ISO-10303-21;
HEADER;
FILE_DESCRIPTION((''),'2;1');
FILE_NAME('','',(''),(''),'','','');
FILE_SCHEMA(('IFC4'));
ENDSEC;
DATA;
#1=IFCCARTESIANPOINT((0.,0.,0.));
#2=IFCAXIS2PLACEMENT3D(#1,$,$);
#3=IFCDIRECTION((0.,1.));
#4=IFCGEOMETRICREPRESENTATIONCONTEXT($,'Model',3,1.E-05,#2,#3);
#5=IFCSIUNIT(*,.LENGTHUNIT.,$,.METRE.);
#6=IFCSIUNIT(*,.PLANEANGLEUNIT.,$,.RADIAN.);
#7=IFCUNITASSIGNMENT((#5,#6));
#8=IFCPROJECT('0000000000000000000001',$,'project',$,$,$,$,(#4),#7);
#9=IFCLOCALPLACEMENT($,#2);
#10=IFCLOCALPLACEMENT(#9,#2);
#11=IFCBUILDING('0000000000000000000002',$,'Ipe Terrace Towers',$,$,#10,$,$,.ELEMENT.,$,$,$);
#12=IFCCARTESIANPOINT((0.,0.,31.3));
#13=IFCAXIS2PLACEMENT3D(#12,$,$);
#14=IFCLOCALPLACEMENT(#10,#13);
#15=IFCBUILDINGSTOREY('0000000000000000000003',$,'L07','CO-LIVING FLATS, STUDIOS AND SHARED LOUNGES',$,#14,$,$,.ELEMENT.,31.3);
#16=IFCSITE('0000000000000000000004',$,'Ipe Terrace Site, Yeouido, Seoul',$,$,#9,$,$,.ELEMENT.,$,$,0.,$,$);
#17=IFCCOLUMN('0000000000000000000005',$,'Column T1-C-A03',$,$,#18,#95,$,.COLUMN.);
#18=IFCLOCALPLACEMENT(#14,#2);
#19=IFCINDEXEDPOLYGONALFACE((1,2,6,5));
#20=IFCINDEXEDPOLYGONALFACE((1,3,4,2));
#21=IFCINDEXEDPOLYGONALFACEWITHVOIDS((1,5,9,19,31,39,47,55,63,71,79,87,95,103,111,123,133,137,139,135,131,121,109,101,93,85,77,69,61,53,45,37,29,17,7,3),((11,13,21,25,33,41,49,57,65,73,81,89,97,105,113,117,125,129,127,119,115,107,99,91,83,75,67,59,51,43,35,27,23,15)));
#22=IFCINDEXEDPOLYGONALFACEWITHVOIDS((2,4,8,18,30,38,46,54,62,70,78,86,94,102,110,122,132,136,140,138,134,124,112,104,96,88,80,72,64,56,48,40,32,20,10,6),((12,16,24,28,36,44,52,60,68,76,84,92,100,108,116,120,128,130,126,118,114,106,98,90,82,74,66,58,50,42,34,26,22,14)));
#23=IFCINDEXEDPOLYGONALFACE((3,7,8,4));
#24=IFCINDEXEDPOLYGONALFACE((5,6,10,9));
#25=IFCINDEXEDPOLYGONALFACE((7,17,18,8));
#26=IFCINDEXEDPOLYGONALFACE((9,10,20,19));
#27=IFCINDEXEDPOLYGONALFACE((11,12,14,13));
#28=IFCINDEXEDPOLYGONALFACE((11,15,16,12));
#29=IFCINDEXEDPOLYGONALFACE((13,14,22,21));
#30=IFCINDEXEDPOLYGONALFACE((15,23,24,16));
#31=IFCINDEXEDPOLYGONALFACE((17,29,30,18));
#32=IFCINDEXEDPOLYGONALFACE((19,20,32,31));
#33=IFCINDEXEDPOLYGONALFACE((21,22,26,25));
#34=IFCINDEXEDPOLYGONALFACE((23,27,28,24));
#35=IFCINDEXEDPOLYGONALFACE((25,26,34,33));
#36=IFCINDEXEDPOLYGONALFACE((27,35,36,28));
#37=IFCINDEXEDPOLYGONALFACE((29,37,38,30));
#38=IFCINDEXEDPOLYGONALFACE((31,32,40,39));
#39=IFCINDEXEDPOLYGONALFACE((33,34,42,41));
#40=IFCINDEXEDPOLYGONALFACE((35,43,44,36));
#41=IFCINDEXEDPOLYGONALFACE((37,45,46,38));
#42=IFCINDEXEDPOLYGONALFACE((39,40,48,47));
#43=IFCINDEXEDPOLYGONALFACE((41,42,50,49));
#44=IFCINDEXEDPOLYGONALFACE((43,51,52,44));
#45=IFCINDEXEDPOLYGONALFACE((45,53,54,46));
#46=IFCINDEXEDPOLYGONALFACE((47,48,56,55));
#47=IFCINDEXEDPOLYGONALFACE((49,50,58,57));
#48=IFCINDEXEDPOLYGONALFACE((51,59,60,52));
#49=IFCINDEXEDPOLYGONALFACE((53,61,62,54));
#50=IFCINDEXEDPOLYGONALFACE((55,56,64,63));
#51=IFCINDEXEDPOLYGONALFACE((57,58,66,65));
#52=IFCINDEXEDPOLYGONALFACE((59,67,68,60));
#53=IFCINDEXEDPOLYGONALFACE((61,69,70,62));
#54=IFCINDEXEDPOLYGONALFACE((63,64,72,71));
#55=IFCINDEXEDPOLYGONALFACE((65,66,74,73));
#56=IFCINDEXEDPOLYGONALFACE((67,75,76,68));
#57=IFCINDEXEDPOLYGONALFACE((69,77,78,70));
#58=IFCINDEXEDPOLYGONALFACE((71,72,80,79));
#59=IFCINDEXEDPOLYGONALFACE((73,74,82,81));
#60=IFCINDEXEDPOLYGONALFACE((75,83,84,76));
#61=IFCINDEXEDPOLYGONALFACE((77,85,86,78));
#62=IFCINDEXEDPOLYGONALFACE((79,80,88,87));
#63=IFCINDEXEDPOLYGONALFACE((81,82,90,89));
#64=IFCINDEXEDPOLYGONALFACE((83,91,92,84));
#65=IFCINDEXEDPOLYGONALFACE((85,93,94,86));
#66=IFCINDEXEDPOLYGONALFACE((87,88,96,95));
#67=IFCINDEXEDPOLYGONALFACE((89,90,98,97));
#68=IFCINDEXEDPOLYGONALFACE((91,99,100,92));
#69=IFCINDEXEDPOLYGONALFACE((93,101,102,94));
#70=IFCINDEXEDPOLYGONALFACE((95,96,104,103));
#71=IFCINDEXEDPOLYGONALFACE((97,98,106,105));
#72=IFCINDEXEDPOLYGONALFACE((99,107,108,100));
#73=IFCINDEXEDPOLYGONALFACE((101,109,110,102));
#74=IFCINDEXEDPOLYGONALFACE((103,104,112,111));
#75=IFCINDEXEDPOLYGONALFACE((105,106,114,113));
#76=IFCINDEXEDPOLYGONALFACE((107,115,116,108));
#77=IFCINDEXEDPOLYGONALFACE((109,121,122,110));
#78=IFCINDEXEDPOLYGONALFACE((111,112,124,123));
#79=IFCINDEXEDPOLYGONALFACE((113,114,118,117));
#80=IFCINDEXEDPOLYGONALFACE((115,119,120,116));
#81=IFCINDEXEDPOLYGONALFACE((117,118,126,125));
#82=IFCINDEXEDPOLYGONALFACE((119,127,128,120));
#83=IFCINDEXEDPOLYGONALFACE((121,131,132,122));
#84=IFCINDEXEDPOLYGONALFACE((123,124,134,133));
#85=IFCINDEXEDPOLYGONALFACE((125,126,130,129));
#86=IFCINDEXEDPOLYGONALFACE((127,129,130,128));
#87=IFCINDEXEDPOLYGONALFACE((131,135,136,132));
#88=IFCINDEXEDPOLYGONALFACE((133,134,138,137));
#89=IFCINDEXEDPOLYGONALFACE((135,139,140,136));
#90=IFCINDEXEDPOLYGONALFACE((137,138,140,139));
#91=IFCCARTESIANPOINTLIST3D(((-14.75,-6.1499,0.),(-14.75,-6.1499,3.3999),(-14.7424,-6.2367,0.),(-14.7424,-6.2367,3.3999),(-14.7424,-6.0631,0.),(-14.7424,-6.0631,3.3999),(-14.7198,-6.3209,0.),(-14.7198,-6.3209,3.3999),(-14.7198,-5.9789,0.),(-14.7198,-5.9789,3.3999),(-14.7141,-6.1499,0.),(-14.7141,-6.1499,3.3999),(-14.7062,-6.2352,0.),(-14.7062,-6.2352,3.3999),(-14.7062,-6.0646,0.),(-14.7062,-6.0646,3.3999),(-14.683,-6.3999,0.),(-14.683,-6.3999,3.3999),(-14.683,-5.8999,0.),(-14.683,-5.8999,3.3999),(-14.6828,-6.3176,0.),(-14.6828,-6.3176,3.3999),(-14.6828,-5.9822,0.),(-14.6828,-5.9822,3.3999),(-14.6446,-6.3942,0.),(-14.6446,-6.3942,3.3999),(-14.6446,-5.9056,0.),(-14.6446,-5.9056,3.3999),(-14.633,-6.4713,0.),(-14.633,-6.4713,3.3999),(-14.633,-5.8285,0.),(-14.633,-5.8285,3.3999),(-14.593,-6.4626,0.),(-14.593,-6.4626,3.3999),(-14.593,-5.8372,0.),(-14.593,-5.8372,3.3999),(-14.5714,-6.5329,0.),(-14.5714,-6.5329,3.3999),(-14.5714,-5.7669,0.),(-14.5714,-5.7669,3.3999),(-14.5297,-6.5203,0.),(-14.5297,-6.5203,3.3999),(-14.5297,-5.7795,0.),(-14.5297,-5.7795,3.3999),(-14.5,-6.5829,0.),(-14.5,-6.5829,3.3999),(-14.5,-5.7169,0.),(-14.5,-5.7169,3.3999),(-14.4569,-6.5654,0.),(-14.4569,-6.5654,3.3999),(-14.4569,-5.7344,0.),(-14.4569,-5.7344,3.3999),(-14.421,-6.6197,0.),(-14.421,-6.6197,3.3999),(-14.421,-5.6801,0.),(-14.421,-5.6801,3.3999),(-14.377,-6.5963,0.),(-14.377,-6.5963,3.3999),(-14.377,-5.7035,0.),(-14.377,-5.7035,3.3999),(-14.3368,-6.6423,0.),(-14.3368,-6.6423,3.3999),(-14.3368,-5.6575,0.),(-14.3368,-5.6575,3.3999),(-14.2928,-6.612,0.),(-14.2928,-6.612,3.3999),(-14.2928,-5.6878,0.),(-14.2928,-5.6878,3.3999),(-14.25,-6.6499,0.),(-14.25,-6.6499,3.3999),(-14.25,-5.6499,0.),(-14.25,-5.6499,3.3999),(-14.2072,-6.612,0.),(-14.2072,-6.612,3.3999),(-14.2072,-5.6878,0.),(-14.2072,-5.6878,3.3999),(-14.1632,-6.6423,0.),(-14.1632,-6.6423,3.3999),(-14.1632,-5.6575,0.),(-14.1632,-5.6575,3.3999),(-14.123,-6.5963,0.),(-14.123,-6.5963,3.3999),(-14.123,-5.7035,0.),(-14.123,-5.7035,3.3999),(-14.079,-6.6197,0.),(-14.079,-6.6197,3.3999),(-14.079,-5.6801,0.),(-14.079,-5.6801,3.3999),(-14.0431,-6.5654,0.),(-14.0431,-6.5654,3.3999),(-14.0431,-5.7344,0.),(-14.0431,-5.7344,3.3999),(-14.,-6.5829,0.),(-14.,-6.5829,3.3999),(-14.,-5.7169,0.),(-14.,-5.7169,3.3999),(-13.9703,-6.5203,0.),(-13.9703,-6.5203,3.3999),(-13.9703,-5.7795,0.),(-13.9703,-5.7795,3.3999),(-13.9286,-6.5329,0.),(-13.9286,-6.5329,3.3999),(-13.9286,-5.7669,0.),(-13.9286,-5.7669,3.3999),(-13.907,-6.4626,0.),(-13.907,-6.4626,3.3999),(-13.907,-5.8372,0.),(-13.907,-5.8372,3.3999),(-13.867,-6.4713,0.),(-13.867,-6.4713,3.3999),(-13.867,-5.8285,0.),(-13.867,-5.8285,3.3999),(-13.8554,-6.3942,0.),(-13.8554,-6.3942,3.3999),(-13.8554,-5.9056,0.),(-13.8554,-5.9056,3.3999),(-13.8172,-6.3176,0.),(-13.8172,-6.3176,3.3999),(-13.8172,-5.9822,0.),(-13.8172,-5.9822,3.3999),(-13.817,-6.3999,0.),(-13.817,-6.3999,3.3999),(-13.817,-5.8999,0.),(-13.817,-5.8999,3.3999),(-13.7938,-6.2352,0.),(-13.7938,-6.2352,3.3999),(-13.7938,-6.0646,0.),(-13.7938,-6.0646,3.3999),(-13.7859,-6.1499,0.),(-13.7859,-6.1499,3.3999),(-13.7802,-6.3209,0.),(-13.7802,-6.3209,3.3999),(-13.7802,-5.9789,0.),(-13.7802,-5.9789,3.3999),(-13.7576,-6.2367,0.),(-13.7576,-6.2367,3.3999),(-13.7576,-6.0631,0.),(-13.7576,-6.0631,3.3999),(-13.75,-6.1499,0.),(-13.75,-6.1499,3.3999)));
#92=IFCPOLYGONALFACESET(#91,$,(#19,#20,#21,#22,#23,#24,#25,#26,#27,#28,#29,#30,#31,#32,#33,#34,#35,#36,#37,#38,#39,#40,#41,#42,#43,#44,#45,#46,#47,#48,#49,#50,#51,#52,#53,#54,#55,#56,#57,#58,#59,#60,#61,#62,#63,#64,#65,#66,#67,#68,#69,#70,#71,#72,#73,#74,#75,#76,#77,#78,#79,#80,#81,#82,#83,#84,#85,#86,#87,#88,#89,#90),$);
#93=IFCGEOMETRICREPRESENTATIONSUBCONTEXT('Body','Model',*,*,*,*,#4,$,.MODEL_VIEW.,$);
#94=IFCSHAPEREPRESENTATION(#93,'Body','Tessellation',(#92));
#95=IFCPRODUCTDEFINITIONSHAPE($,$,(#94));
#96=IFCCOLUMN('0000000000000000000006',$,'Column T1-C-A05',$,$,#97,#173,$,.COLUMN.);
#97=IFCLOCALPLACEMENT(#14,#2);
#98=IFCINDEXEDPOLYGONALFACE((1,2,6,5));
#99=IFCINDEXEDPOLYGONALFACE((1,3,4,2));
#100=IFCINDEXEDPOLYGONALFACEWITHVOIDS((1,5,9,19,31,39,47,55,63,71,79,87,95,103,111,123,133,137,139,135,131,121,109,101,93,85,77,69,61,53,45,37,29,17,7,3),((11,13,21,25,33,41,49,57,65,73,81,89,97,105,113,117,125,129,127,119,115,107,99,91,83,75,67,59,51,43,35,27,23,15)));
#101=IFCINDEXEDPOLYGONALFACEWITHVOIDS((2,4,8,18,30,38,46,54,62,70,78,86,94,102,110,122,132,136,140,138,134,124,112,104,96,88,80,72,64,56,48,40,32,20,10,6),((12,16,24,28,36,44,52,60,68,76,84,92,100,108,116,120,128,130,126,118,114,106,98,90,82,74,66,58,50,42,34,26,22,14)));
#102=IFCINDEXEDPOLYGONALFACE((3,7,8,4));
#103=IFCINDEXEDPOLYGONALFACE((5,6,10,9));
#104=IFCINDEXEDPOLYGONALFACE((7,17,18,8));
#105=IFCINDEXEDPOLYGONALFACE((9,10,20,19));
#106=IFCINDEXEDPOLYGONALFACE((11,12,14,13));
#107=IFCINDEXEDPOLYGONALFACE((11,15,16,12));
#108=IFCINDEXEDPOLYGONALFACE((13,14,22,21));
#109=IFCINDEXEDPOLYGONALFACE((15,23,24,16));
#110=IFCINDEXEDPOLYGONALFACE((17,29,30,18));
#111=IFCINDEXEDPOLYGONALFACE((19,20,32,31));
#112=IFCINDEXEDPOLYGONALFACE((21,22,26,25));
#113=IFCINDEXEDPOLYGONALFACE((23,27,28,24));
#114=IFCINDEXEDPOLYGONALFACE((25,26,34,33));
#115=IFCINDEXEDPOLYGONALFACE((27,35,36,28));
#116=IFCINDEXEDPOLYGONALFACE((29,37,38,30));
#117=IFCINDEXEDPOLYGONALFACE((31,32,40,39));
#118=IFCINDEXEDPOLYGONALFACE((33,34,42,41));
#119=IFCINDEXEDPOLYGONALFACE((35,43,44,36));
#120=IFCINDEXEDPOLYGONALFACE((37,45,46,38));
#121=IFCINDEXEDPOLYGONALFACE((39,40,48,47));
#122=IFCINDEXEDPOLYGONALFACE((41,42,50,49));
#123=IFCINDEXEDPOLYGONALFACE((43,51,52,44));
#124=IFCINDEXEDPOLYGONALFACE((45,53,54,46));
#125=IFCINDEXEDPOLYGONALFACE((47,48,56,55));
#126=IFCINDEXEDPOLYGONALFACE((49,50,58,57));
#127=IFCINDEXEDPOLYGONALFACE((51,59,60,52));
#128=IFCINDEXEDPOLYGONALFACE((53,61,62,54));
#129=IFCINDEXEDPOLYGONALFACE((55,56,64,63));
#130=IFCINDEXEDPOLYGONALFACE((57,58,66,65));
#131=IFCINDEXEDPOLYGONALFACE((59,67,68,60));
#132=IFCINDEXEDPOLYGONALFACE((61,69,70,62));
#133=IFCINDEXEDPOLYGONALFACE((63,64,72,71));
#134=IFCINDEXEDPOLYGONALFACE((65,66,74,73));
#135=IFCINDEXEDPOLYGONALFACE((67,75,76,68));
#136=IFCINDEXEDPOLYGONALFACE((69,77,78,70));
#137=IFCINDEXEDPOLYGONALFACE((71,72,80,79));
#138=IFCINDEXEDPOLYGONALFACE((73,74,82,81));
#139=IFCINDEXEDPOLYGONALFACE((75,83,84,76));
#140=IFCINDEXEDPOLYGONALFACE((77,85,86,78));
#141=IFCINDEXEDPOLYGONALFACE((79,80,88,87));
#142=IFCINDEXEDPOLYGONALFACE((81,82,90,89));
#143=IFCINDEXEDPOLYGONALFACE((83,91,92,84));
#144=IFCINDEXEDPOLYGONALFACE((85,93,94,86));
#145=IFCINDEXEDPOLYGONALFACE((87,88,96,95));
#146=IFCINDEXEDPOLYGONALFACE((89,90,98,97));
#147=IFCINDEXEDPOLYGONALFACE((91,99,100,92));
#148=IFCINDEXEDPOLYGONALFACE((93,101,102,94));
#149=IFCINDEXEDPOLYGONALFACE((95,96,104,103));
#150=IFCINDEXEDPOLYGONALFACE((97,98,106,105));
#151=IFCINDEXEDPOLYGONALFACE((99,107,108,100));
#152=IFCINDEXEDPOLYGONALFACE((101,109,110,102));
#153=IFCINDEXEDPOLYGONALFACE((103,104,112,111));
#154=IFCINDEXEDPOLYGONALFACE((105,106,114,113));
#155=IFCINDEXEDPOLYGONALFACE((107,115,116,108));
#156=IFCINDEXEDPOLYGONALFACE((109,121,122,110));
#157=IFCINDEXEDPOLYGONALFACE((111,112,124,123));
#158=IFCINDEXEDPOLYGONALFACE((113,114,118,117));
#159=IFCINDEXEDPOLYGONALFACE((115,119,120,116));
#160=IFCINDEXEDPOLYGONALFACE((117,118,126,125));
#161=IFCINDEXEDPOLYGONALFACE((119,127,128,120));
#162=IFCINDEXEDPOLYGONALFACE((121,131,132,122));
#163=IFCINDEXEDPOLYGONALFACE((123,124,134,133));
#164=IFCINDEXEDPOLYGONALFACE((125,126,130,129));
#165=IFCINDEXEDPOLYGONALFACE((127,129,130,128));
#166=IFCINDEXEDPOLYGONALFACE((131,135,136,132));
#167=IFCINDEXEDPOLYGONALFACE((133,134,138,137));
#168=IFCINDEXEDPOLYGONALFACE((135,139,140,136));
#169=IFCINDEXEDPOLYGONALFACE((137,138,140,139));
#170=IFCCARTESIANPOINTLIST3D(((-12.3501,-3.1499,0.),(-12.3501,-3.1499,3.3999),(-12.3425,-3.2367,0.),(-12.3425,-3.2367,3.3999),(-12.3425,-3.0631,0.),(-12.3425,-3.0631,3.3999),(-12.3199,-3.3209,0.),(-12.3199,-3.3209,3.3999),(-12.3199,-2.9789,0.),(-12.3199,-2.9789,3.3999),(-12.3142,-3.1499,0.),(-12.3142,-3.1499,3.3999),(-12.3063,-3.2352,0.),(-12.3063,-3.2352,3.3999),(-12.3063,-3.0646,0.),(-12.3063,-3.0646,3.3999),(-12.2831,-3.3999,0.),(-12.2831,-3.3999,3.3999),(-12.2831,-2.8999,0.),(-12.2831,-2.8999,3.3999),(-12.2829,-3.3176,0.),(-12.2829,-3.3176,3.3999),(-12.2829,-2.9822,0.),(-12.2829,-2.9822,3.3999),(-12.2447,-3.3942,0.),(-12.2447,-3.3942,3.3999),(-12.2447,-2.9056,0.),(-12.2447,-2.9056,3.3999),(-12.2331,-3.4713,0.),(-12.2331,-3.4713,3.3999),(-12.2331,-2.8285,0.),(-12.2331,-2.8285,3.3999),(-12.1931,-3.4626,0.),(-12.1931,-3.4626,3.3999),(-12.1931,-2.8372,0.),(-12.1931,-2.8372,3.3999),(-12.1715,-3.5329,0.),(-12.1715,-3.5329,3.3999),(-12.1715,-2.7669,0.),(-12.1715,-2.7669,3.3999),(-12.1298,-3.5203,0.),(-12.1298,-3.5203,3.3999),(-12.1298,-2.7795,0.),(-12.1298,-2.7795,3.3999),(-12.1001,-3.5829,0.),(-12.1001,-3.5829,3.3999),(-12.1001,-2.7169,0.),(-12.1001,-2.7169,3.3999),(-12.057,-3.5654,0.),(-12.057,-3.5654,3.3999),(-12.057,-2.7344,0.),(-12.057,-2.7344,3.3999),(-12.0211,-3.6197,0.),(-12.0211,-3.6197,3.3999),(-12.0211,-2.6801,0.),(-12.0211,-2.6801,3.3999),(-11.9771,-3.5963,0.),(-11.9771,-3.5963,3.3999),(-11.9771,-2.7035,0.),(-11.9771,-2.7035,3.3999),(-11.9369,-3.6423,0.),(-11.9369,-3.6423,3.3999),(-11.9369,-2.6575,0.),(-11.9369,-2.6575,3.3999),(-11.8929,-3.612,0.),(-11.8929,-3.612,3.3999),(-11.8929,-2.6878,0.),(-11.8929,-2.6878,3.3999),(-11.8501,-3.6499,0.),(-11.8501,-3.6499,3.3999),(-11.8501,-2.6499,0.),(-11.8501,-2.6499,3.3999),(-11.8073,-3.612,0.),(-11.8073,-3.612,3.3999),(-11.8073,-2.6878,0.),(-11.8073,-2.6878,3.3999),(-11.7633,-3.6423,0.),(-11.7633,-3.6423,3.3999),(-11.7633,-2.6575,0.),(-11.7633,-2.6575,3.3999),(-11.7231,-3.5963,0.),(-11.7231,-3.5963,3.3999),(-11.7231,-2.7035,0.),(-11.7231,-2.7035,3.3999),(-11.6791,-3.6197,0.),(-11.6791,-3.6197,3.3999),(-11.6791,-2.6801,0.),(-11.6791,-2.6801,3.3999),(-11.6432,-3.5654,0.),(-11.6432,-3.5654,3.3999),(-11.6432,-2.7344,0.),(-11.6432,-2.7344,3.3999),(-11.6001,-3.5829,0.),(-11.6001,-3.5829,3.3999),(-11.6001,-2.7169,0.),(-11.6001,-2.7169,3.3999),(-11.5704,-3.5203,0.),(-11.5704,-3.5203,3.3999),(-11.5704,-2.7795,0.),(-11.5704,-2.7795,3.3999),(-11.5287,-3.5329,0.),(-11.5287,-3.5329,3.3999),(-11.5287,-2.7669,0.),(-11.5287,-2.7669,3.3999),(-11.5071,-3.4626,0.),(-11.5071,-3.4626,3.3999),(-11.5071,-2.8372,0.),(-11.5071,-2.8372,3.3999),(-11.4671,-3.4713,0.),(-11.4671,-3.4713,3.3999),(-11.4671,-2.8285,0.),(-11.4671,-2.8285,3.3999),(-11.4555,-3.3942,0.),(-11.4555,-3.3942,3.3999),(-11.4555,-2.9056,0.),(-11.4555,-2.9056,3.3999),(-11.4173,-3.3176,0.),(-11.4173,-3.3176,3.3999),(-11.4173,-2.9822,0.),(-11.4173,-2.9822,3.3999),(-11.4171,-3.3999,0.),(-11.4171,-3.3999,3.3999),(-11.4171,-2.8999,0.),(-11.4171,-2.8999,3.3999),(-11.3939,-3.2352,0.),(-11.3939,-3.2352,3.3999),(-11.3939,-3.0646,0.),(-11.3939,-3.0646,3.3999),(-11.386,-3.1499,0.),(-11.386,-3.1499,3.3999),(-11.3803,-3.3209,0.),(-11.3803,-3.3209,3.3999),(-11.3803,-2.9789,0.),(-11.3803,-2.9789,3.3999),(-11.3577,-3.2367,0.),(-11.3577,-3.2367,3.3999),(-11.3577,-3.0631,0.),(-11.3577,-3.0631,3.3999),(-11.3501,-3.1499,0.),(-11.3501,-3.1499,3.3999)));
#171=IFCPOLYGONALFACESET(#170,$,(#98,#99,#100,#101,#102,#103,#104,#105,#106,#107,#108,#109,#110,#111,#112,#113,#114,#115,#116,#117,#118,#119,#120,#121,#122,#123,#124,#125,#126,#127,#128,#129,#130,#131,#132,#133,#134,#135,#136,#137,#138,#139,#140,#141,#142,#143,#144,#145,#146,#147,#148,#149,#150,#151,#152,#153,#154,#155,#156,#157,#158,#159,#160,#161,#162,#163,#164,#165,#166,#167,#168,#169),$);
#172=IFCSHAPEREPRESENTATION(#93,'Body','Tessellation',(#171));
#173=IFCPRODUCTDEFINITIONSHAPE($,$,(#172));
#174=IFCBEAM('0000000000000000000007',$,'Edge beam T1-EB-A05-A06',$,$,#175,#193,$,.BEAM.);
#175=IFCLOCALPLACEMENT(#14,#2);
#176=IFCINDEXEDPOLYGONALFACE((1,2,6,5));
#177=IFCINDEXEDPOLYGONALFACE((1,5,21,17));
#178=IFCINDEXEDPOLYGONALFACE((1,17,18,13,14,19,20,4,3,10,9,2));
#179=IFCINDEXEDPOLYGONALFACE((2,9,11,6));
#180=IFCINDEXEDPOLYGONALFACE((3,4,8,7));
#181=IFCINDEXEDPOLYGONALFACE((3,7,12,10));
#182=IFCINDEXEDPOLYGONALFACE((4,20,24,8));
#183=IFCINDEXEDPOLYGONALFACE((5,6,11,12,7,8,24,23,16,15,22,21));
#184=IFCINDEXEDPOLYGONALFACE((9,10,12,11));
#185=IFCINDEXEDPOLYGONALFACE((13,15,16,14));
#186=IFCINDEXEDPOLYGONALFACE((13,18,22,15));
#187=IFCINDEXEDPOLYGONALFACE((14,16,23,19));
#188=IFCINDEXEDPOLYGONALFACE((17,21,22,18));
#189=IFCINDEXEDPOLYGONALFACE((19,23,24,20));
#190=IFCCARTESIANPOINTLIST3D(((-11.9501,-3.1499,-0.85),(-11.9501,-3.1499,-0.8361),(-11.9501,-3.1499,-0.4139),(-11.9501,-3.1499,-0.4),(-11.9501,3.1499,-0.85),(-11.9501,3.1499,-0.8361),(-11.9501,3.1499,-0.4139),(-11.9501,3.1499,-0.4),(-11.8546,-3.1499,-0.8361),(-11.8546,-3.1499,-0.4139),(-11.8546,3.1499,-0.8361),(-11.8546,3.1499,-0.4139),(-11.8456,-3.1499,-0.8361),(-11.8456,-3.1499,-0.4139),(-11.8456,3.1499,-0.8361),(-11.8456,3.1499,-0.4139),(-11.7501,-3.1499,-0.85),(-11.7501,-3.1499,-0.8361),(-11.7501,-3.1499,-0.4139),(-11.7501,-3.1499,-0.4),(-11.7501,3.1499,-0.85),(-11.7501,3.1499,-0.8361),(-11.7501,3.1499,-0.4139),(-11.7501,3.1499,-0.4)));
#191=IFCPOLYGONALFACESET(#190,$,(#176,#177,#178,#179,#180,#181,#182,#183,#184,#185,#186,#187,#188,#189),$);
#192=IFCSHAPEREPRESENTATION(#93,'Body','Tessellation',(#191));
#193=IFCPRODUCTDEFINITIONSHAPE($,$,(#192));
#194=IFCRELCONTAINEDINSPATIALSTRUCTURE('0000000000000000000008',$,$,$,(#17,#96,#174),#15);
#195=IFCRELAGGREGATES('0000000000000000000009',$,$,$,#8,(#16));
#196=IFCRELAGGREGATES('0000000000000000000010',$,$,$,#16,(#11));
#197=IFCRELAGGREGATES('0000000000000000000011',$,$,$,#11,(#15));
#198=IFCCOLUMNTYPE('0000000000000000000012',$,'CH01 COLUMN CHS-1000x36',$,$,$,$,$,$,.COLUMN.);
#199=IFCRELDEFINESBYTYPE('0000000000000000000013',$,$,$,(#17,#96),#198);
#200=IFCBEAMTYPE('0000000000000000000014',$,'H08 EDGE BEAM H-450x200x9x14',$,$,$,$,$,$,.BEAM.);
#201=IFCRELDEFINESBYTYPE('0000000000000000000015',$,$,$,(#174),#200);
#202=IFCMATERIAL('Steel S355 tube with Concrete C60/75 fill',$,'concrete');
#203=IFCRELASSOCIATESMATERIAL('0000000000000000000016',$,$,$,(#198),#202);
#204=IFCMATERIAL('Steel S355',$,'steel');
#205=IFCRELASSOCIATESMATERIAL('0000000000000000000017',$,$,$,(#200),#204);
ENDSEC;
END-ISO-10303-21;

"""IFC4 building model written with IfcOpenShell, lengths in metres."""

from ifc_helpers import new_model, si_unit, direction, frame, origin, origin_2d, place, context, subcontext, project, spatial, hollow_circle, i_section, extrude, material, material_profile, profile_set, type_object, element, save


model = new_model("IFC4")

# Units and contexts
model_context = context("Model", 3, precision=1e-05, world=origin(), true_north=direction((0.0, 1.0)))
body_context = subcontext(model_context, "Body", "Model", "MODEL_VIEW")
ifc_project = project(units=[si_unit("LENGTHUNIT", "METRE"), si_unit("PLANEANGLEUNIT", "RADIAN")], contexts=[model_context])

# Site, building, storey
site_placement = place(None, origin())
site = spatial("IfcSite", under=ifc_project, at=site_placement, Name="Ipe Terrace Site, Yeouido, Seoul", CompositionType="ELEMENT", RefElevation=0.0)
building_placement = place(site_placement, origin())
building = spatial("IfcBuilding", under=site, at=building_placement, Name="Ipe Terrace Towers", CompositionType="ELEMENT")
storey_placement = place(building_placement, frame((0.0, 0.0, 31.3)))
storey = spatial("IfcBuildingStorey", under=building, at=storey_placement, Name="L07", Description="CO-LIVING FLATS, STUDIOS AND SHARED LOUNGES", CompositionType="ELEMENT", Elevation=31.3)

# Columns
ifc_material_1 = material(Name="Steel S355 tube with Concrete C60/75 fill", Category="concrete")
ifc_material_profile_1 = material_profile(ifc_material_1, hollow_circle(Radius=0.5, WallThickness=0.0359, at=origin_2d()), Name="CHS-1000x36")
ifc_profile_set_1 = profile_set([ifc_material_profile_1], Name="Steel S355 tube with Concrete C60/75 fill")
column_type = type_object("IfcColumnType", Name="CH01 COLUMN CHS-1000x36", PredefinedType="COLUMN", material=ifc_profile_set_1)
for number, where, z_axis, x_axis, name in (
    (1, (-14.25, -6.1499, 0.0), (0.0, 0.0, 1.0), (1.0, 0.0, 0.0), "Column T1-C-A03"),
    (2, (-11.8501, -3.1499, 0.0), (0.0, 0.0, 1.0), (1.0, 0.0, 0.0), "Column T1-C-A05"),
):
    element("IfcColumn", number, at=place(storey_placement, frame(where, z_axis=z_axis, x_axis=x_axis)), inside=storey, type_object=column_type, Name=name, PredefinedType="COLUMN", context=body_context, shape_type="SweptSolid", body=[
        extrude(hollow_circle(Radius=0.5, WallThickness=0.0359, at=origin_2d()), origin(), (0.0, 0.0, 1.0), 3.3999),
    ])

# Beam
ifc_material_2 = material(Name="Steel S355", Category="steel")
ifc_material_profile_2 = material_profile(ifc_material_2, i_section(OverallWidth=0.2, OverallDepth=0.45, WebThickness=0.009, FlangeThickness=0.0139, at=origin_2d()), Name="H-450x200x9x14")
ifc_profile_set_2 = profile_set([ifc_material_profile_2], Name="Steel S355")
beam_type = type_object("IfcBeamType", Name="H08 EDGE BEAM H-450x200x9x14", PredefinedType="BEAM", material=ifc_profile_set_2)
beam_placement = place(storey_placement, frame((-11.8501, -3.1499, -0.625), z_axis=(0.0, 1.0, 0.0), x_axis=(-1.0, 0.0, 0.0)))
element("IfcBeam", 3, at=beam_placement, inside=storey, type_object=beam_type, Name="Edge beam T1-EB-A05-A06", PredefinedType="BEAM", context=body_context, shape_type="SweptSolid", body=[
    extrude(i_section(OverallWidth=0.2, OverallDepth=0.45, WebThickness=0.009, FlangeThickness=0.0139, at=origin_2d()), origin(), (0.0, 0.0, 1.0), 6.2998),
])

save(model, "model.ifc")
